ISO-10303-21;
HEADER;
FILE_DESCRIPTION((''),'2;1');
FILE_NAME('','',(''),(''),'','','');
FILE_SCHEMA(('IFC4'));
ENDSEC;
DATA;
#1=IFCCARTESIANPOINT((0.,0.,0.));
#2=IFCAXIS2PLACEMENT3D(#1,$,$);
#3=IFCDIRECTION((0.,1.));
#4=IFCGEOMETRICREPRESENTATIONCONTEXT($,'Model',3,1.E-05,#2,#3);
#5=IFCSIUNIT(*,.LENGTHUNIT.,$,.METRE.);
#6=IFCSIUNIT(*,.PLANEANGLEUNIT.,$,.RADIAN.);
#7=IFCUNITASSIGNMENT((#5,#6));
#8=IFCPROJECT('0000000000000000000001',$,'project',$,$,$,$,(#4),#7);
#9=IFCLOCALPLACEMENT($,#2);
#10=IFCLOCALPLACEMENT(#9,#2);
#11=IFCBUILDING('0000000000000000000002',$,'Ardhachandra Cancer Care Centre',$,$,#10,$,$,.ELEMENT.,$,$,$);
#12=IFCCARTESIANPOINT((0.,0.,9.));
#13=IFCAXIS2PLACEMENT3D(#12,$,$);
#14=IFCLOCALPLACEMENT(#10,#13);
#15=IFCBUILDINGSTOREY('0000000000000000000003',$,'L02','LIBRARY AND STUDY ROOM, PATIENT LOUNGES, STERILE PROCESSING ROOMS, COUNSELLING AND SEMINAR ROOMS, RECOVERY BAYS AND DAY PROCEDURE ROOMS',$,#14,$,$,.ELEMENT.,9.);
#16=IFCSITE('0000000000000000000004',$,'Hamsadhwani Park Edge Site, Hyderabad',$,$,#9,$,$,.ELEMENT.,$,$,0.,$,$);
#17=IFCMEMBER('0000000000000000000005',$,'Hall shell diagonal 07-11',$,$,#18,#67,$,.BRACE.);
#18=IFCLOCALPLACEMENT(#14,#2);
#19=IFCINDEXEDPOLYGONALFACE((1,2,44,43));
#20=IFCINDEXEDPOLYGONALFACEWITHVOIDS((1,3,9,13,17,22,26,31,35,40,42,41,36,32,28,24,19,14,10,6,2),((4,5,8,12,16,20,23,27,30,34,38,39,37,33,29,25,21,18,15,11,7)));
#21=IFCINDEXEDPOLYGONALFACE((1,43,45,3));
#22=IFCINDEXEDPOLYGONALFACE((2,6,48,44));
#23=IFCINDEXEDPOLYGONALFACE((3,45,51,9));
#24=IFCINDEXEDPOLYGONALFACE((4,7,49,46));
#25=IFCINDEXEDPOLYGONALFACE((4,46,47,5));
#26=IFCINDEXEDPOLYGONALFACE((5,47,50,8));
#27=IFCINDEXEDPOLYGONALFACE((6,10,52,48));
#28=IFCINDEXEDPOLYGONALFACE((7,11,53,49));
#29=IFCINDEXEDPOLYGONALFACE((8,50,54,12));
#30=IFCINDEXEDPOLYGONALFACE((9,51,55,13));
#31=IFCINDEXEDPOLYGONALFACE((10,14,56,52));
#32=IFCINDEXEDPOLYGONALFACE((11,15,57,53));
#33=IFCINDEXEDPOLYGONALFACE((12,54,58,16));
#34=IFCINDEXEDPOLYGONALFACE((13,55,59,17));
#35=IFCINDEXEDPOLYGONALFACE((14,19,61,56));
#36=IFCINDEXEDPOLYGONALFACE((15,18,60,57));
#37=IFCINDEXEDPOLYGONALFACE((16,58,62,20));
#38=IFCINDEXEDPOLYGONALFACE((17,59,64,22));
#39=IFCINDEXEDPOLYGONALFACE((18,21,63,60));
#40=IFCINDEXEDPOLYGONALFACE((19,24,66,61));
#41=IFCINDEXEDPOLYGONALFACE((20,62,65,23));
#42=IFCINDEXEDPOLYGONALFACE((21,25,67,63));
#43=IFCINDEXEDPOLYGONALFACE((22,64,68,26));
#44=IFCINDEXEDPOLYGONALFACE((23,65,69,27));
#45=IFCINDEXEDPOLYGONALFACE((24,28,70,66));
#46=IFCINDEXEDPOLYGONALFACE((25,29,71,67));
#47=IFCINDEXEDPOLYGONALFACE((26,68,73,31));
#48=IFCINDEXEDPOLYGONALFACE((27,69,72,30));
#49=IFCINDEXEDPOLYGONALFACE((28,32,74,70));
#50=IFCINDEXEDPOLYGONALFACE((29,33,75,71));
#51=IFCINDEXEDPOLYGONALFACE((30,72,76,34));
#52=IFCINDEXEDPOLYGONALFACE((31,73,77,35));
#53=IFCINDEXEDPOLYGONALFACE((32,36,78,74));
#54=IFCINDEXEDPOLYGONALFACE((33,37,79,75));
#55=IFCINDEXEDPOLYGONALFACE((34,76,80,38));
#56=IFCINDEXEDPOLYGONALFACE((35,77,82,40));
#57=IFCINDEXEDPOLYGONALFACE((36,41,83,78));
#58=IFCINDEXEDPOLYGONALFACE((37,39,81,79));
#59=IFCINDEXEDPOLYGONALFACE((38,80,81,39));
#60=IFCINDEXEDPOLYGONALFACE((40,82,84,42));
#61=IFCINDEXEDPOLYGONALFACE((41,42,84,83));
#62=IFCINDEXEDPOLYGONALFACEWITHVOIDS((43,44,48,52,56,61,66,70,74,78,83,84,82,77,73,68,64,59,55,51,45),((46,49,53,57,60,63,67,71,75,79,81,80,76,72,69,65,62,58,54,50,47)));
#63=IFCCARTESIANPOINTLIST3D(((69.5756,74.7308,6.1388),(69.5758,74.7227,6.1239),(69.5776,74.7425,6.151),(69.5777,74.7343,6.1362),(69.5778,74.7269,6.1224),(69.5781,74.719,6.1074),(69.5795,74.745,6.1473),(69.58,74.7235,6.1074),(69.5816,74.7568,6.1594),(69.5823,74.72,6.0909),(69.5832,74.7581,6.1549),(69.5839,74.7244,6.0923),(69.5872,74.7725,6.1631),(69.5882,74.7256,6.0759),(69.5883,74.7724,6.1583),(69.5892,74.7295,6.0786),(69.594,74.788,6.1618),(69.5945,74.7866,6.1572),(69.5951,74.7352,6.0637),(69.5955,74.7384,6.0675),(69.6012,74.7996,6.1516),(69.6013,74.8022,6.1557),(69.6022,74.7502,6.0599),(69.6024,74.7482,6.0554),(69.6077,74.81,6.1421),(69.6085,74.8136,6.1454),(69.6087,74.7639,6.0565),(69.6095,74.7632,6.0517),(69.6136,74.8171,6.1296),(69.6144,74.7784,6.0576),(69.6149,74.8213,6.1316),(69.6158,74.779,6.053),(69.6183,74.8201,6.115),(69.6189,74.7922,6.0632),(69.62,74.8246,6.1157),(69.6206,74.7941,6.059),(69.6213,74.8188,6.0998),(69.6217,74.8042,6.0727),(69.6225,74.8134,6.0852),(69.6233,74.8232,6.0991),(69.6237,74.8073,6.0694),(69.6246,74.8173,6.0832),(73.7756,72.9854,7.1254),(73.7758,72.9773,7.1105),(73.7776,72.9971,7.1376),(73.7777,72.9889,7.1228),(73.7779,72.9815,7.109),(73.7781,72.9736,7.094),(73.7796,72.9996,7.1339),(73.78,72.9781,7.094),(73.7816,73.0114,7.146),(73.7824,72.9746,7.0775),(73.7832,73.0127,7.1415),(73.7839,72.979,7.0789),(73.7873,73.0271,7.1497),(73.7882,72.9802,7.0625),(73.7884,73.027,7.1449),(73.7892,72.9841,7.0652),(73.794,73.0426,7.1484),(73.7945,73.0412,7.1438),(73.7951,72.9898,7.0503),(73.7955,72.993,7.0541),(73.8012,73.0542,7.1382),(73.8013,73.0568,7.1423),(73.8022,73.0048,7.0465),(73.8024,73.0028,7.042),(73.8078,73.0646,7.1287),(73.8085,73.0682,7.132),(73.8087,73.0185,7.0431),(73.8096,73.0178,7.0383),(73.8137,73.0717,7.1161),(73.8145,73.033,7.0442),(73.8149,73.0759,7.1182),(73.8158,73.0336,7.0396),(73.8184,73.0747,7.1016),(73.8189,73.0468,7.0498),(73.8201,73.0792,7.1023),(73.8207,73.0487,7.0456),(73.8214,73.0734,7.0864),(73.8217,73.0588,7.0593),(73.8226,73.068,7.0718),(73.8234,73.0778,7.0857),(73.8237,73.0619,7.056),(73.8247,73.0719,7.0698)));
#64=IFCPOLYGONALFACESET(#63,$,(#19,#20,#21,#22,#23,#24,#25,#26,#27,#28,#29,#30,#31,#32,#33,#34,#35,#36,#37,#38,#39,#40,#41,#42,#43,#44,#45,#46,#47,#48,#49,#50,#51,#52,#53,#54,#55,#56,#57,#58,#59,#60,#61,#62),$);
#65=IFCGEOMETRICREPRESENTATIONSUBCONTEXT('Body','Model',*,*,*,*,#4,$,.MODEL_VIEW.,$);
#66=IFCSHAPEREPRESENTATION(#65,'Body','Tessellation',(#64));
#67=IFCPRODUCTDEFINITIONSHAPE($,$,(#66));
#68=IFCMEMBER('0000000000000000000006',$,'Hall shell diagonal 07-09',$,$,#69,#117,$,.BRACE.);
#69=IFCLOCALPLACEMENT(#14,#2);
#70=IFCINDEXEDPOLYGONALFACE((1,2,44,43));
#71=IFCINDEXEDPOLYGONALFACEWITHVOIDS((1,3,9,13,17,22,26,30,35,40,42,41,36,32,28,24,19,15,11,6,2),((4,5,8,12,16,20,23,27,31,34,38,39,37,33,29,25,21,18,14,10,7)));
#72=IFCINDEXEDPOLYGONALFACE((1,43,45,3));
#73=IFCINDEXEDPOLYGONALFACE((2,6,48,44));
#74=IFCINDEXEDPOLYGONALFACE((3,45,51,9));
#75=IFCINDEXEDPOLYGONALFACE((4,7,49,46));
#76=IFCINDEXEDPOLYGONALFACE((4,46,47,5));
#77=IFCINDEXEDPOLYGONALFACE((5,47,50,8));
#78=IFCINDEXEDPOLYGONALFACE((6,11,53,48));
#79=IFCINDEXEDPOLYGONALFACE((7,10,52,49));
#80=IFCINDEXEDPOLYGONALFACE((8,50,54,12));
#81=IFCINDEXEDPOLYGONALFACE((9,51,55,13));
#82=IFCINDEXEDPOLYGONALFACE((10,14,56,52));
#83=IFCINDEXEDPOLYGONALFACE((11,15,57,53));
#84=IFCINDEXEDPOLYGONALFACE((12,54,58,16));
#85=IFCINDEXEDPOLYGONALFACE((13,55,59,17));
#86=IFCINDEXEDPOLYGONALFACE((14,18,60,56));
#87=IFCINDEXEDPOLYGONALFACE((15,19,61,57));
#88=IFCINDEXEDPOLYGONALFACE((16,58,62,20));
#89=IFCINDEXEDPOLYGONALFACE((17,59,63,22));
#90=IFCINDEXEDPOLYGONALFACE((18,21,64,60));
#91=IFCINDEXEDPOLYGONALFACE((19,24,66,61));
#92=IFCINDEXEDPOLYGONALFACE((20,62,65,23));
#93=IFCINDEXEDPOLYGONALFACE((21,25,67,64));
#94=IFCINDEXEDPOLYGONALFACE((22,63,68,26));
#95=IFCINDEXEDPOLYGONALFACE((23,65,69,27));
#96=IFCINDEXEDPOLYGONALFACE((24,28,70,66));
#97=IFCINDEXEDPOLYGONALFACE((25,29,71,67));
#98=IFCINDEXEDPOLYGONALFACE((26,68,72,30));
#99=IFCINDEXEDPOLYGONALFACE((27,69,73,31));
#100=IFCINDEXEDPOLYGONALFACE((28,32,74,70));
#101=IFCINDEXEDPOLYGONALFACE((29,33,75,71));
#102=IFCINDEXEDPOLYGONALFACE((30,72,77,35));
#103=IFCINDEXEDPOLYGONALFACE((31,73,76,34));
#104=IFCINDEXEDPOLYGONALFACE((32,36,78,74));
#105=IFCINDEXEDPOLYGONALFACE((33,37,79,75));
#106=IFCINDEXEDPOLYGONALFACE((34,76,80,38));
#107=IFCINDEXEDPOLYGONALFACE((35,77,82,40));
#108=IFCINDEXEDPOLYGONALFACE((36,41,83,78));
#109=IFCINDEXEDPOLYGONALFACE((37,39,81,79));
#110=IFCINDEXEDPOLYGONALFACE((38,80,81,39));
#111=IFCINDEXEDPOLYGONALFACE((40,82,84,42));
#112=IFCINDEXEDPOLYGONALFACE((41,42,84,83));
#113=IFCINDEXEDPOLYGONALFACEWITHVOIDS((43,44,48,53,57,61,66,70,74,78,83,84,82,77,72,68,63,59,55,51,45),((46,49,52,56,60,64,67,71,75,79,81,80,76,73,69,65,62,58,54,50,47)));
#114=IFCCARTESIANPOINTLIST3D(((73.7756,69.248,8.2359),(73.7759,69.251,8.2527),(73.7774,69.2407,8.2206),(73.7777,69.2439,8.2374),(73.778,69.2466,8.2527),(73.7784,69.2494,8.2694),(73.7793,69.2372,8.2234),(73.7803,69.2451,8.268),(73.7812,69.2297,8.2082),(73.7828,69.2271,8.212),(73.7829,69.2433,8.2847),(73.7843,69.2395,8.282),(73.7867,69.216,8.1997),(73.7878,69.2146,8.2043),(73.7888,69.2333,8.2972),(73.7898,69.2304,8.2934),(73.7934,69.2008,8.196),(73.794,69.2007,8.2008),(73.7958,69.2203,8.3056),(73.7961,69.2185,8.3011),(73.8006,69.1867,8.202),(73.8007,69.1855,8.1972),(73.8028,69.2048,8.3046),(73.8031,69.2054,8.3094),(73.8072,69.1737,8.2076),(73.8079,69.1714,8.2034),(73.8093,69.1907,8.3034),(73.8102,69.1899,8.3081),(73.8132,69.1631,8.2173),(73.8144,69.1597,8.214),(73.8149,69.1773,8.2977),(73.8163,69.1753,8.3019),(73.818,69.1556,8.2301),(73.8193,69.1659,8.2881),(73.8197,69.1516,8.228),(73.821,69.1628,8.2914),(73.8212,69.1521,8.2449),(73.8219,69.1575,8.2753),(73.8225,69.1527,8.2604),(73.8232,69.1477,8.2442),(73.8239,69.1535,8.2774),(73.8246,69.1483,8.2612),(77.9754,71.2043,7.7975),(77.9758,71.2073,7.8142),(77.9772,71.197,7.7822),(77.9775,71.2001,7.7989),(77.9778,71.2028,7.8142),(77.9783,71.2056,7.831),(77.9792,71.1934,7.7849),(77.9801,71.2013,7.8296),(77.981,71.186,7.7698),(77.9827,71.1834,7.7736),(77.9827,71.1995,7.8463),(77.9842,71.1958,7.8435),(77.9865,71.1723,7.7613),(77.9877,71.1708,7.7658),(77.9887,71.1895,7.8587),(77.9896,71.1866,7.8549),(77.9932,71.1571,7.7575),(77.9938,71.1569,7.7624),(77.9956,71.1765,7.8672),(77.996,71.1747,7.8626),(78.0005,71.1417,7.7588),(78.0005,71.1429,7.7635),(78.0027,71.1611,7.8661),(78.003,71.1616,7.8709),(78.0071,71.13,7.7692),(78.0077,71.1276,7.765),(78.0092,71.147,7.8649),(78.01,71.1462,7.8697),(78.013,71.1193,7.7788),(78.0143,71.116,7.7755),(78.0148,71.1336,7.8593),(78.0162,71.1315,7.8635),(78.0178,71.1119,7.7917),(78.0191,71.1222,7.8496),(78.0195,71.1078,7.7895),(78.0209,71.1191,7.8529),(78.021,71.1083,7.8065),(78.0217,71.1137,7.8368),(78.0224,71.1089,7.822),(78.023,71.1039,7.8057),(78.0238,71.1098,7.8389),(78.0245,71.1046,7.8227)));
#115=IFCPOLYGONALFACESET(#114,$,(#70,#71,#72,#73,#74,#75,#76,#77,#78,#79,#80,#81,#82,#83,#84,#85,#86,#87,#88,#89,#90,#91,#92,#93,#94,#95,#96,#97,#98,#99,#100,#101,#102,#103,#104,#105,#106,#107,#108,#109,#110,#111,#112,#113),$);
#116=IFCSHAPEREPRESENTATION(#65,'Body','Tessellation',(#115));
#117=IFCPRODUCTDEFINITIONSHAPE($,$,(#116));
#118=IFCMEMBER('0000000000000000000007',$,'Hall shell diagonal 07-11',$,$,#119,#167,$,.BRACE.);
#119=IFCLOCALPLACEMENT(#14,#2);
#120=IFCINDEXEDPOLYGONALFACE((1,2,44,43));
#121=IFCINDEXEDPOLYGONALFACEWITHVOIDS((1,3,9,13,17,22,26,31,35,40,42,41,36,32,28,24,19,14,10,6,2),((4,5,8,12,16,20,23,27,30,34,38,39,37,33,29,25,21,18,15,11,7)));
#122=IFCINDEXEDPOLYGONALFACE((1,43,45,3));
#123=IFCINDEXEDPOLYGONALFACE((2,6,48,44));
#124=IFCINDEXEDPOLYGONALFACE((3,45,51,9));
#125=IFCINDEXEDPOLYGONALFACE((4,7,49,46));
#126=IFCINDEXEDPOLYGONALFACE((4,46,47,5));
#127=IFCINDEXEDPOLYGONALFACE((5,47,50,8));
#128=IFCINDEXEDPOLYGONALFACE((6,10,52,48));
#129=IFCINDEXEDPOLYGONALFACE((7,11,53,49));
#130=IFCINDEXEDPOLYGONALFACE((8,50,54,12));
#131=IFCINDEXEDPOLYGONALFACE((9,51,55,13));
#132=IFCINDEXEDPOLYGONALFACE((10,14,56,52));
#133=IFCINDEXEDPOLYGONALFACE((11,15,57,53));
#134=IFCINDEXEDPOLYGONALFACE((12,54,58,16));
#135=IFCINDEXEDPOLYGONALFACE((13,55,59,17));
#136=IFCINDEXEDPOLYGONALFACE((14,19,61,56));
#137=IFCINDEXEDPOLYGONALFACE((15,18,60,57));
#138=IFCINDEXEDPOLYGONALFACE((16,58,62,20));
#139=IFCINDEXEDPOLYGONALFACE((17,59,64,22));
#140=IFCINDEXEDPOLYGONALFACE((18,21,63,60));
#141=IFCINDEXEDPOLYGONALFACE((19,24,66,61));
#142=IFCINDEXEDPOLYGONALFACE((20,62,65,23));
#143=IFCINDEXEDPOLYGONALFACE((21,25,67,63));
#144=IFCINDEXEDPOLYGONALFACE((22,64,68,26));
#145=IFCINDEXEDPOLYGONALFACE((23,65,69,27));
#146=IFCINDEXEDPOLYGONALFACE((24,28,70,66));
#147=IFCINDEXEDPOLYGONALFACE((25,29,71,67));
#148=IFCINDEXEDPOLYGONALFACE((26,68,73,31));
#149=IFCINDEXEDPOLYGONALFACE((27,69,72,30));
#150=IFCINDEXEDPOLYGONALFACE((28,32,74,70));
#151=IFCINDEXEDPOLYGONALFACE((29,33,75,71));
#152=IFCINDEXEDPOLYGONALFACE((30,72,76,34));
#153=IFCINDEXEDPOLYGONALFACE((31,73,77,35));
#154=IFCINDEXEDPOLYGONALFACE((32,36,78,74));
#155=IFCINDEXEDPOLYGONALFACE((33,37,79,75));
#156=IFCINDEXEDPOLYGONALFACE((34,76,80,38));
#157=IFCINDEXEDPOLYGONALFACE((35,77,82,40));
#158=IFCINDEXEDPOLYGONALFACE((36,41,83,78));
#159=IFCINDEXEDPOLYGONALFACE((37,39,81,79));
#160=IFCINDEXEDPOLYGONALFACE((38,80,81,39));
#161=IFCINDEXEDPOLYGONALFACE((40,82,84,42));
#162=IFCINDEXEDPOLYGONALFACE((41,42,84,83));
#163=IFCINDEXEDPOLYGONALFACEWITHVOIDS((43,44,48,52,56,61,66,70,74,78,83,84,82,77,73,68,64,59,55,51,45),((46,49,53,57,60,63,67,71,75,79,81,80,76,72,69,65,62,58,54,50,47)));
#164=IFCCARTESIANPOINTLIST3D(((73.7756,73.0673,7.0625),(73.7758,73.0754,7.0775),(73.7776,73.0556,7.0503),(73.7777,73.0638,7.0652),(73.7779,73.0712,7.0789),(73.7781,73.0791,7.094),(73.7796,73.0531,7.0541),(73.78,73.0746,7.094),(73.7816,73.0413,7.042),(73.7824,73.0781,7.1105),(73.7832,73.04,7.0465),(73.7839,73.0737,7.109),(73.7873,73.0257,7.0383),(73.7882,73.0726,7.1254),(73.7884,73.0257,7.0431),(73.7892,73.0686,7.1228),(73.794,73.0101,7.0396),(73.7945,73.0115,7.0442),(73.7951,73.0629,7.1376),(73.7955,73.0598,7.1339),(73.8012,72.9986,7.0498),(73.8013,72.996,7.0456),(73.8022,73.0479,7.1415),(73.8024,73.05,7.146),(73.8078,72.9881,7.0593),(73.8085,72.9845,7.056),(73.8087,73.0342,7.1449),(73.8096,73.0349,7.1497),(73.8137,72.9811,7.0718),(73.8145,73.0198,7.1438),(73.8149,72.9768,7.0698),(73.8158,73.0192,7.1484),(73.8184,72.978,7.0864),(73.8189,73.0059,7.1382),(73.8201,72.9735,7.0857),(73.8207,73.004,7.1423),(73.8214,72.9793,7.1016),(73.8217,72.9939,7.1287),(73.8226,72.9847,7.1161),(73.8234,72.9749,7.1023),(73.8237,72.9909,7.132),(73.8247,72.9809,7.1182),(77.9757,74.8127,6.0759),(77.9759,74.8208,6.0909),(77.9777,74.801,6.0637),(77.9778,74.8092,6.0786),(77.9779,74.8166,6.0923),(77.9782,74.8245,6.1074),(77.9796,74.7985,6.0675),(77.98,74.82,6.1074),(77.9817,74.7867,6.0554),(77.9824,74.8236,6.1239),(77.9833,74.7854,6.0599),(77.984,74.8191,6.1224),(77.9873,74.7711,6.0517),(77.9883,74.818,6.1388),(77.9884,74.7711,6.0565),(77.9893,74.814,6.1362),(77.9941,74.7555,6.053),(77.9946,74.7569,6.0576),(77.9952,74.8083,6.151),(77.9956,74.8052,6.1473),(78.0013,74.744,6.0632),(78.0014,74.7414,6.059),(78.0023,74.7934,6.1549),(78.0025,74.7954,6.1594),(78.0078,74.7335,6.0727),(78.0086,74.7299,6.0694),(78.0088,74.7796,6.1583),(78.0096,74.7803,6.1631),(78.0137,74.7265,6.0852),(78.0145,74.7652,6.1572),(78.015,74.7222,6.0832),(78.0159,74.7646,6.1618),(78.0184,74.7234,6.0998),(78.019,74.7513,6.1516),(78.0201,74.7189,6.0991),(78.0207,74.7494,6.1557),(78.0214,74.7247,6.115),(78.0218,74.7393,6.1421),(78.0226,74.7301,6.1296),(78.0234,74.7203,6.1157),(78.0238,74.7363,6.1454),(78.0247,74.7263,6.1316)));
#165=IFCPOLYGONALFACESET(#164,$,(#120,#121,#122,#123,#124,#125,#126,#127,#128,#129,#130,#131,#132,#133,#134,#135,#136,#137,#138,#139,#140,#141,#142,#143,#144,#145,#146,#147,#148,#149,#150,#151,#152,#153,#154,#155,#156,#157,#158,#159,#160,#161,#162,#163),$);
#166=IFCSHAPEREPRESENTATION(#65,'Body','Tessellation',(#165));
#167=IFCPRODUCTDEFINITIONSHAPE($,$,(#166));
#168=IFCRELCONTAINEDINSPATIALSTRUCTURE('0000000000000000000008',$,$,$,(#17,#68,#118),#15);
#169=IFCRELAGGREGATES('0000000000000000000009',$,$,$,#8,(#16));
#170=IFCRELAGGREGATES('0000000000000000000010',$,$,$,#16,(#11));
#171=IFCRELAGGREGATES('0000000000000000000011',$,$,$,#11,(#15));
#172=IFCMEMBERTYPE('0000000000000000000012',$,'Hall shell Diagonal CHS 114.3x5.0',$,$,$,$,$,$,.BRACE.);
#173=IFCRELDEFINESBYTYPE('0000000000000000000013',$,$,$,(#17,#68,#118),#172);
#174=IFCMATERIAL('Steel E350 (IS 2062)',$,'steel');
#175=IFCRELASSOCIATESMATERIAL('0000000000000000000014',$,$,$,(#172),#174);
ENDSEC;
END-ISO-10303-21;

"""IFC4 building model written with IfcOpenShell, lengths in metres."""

from ifc_helpers import new_model, si_unit, direction, frame, origin, origin_2d, place, context, subcontext, project, spatial, hollow_circle, extrude, material, material_profile, profile_set, type_object, element, save


model = new_model("IFC4")

# Units and contexts
model_context = context("Model", 3, precision=1e-05, world=origin(), true_north=direction((0.0, 1.0)))
body_context = subcontext(model_context, "Body", "Model", "MODEL_VIEW")
ifc_project = project(units=[si_unit("LENGTHUNIT", "METRE"), si_unit("PLANEANGLEUNIT", "RADIAN")], contexts=[model_context])

# Site, building, storey
site_placement = place(None, origin())
site = spatial("IfcSite", under=ifc_project, at=site_placement, Name="Hamsadhwani Park Edge Site, Hyderabad", CompositionType="ELEMENT", RefElevation=0.0)
building_placement = place(site_placement, origin())
building = spatial("IfcBuilding", under=site, at=building_placement, Name="Ardhachandra Cancer Care Centre", CompositionType="ELEMENT")
storey_placement = place(building_placement, frame((0.0, 0.0, 9.0)))
storey = spatial("IfcBuildingStorey", under=building, at=storey_placement, Name="L02", Description="LIBRARY AND STUDY ROOM, PATIENT LOUNGES, STERILE PROCESSING ROOMS, COUNSELLING AND SEMINAR ROOMS, RECOVERY BAYS AND DAY PROCEDURE ROOMS", CompositionType="ELEMENT", Elevation=9.0)

# Members
ifc_material_1 = material(Name="Steel E350 (IS 2062)", Category="steel")
ifc_material_profile_1 = material_profile(ifc_material_1, hollow_circle(Radius=0.0571, WallThickness=0.0049, at=origin_2d()), Name="CHS 114.3x5.0")
ifc_profile_set_1 = profile_set([ifc_material_profile_1], Name="Steel E350 (IS 2062)")
member_type_1 = type_object("IfcMemberType", Name="Hall shell Diagonal CHS 114.3x5.0", PredefinedType="BRACE", material=ifc_profile_set_1)
member_1_placement = place(storey_placement, frame((73.8, 73.0264, 7.094), z_axis=(-0.90245, 0.375028, -0.211986), x_axis=(-0.38375, -0.923437, 0.0)))
element("IfcMember", 1, at=member_1_placement, inside=storey, type_object=member_type_1, Name="Hall shell diagonal 07-11", PredefinedType="BRACE", context=body_context, shape_type="SweptSolid", body=[
    extrude(hollow_circle(Radius=0.0571, WallThickness=0.0049, at=origin_2d()), origin(), (0.0, 0.0, 1.0), 4.6541),
])
member_2_placement = place(storey_placement, frame((73.8, 69.1992, 8.2527), z_axis=(0.902455, 0.420355, -0.094217), x_axis=(-0.422233, 0.906487, 0.0)))
element("IfcMember", 2, at=member_2_placement, inside=storey, type_object=member_type_1, Name="Hall shell diagonal 07-09", PredefinedType="BRACE", context=body_context, shape_type="SweptSolid", body=[
    extrude(hollow_circle(Radius=0.0571, WallThickness=0.0049, at=origin_2d()), origin(), (0.0, 0.0, 1.0), 4.6538),
])
member_3_placement = place(storey_placement, frame((73.8, 73.0264, 7.094), z_axis=(0.90245, 0.375028, -0.211986), x_axis=(-0.38375, 0.923437, 0.0)))
element("IfcMember", 3, at=member_3_placement, inside=storey, type_object=member_type_1, Name="Hall shell diagonal 07-11", PredefinedType="BRACE", context=body_context, shape_type="SweptSolid", body=[
    extrude(hollow_circle(Radius=0.0571, WallThickness=0.0049, at=origin_2d()), origin(), (0.0, 0.0, 1.0), 4.6541),
])

save(model, "model.ifc")
